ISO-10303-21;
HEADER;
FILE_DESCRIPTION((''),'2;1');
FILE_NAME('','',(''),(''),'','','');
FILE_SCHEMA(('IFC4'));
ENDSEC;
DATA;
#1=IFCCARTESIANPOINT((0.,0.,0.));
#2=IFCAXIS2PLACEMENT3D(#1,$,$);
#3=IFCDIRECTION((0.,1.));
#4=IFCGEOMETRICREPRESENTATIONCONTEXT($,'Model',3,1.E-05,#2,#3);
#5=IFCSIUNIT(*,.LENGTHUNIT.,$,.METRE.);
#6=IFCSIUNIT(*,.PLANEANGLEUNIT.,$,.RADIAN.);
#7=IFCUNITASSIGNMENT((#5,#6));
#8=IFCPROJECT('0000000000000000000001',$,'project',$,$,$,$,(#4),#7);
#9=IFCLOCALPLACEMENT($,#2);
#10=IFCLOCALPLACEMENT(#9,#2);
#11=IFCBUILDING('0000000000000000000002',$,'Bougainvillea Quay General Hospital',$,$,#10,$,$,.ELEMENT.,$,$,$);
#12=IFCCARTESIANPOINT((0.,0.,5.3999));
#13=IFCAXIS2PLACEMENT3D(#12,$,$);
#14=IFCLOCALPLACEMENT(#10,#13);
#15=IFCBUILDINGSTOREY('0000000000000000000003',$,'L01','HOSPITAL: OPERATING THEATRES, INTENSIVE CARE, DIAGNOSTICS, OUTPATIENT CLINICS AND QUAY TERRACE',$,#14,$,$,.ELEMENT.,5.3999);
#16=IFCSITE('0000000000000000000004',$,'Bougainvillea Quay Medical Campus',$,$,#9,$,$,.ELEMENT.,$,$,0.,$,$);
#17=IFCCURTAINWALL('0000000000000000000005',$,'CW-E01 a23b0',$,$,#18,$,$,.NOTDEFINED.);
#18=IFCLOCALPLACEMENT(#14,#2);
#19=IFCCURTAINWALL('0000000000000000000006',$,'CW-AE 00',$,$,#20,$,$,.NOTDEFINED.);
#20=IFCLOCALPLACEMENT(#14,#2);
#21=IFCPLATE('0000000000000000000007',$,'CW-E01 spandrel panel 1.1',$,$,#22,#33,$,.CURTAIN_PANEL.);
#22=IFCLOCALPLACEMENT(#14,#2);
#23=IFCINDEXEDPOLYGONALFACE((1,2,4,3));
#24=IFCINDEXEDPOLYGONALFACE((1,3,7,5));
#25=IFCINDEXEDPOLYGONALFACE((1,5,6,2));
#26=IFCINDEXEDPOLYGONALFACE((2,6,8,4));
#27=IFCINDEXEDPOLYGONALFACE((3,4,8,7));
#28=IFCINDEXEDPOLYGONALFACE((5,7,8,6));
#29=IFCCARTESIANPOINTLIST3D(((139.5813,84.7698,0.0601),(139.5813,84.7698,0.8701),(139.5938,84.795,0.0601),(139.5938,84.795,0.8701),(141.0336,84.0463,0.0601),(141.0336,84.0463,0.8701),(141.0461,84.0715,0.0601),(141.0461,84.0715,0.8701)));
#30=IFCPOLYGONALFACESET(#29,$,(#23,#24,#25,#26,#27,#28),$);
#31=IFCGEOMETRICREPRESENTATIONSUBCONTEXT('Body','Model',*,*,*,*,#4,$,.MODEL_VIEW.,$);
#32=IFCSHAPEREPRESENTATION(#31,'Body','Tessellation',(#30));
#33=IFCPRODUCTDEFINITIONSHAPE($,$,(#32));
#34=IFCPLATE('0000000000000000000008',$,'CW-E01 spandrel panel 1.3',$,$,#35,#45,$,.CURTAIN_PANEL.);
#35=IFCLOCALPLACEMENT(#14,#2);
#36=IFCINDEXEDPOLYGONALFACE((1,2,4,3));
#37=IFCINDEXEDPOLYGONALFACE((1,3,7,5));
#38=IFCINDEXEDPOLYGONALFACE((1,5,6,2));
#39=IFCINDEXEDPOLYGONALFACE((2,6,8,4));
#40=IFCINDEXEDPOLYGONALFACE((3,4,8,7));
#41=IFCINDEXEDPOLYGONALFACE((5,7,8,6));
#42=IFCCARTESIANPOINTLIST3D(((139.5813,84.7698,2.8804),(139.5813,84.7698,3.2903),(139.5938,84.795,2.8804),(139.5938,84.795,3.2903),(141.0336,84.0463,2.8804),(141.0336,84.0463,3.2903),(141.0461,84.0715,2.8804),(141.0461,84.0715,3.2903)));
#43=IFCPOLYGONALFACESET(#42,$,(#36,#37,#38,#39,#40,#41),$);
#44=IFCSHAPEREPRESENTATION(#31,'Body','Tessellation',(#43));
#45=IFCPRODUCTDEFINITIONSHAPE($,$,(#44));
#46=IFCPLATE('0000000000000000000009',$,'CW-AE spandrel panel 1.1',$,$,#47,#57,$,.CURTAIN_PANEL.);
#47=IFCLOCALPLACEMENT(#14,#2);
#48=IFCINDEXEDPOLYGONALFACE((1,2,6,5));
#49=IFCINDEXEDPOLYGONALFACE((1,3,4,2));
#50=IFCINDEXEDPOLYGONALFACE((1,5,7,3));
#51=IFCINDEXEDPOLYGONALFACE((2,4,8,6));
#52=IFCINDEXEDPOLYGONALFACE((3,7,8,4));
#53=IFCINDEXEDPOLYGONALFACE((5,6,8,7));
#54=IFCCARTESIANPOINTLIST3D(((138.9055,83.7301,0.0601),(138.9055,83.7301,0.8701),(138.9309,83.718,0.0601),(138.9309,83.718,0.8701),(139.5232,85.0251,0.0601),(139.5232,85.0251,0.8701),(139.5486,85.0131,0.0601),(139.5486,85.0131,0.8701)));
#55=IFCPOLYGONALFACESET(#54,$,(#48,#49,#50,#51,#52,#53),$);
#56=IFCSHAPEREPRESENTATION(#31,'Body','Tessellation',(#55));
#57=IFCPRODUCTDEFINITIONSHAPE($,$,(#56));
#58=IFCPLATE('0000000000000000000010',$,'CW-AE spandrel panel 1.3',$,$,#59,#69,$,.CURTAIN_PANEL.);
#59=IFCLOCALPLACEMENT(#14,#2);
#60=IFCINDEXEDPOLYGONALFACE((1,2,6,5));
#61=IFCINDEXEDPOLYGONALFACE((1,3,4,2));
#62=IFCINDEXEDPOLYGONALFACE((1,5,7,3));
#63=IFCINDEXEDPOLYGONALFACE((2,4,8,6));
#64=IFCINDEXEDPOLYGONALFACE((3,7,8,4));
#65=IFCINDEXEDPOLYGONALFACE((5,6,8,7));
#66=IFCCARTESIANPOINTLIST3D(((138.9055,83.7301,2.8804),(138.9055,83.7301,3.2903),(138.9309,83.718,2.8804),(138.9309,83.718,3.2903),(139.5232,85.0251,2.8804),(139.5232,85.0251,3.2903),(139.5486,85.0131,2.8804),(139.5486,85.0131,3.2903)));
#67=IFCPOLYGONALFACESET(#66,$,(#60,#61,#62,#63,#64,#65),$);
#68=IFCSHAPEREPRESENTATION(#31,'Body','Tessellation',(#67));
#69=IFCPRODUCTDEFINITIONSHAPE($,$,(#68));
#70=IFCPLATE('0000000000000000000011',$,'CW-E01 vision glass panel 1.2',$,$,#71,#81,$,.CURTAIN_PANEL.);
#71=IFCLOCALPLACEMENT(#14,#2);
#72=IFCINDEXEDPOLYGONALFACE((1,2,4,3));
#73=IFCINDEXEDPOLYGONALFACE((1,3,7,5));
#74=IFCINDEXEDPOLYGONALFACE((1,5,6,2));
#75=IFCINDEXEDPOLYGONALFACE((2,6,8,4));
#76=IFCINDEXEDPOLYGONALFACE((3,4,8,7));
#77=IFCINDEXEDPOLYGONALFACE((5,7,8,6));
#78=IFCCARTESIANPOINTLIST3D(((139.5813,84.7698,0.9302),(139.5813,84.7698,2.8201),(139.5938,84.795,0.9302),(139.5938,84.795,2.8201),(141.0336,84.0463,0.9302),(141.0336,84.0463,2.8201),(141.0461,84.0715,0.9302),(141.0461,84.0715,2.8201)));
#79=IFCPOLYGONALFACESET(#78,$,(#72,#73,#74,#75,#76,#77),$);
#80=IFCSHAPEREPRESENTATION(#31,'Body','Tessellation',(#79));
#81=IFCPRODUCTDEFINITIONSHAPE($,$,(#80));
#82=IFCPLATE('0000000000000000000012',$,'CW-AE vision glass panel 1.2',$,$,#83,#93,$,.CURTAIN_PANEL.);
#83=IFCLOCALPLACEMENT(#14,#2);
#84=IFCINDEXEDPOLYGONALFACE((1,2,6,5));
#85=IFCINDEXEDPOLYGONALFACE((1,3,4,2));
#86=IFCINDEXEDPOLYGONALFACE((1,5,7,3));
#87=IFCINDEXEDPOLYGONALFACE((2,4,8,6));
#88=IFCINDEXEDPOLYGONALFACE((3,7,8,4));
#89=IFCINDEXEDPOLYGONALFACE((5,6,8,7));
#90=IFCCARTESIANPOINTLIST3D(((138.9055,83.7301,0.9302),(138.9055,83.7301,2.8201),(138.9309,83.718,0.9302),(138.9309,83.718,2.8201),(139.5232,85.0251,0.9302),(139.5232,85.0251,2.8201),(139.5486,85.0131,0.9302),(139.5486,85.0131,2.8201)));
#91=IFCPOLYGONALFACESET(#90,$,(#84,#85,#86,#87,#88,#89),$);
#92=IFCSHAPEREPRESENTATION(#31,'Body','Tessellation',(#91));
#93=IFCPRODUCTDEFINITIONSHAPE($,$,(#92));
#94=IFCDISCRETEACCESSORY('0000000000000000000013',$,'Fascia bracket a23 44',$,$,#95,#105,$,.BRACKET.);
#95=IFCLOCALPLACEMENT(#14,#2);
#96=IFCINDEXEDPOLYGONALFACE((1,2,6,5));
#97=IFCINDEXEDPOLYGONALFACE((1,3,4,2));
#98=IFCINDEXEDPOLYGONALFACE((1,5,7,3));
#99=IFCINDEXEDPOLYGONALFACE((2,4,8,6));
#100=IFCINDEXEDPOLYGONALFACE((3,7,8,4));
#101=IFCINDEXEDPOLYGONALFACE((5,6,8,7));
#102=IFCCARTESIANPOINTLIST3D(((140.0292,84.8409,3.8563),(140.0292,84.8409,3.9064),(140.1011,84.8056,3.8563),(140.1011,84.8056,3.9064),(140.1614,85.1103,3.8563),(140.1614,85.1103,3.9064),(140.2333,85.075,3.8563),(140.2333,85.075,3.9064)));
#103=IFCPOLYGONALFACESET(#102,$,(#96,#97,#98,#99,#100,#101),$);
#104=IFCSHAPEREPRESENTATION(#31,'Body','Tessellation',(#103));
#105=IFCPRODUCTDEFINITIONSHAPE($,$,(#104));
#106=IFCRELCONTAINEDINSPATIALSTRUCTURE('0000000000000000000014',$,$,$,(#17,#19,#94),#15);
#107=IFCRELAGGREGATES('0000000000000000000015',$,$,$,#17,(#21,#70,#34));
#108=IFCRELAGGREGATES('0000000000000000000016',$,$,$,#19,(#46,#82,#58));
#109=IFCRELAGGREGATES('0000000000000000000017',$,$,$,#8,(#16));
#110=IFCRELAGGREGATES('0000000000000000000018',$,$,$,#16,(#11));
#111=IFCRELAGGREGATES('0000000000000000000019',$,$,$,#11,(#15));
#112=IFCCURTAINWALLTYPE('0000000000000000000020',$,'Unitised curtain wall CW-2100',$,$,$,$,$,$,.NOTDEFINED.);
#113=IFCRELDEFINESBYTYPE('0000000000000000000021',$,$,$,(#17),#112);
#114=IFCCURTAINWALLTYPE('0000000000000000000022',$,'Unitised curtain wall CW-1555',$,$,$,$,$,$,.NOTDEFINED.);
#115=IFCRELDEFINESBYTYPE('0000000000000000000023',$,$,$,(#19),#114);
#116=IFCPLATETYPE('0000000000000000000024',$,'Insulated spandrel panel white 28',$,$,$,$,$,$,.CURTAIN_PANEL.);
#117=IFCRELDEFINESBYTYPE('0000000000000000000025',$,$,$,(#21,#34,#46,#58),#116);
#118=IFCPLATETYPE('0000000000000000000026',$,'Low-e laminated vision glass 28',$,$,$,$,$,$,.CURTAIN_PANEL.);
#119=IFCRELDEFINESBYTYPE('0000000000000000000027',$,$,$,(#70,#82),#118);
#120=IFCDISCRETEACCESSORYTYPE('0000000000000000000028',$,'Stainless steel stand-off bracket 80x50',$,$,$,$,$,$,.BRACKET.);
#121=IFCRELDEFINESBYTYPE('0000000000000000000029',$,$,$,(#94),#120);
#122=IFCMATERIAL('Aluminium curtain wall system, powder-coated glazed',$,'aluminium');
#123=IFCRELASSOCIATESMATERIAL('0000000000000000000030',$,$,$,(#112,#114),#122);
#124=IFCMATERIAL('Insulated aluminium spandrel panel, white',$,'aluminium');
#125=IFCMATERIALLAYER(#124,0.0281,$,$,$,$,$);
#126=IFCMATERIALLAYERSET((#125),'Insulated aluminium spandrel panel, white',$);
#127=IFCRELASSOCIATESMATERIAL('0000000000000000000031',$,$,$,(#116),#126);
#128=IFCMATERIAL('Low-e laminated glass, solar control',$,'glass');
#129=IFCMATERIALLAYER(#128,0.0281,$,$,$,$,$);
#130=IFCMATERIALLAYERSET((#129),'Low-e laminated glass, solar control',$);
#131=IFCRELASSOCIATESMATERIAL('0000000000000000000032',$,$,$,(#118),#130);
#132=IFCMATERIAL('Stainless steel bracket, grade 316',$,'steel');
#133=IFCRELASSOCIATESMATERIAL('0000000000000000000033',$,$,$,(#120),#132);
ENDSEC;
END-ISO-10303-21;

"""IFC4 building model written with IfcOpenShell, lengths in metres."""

from ifc_helpers import new_model, si_unit, direction, frame, origin, origin_2d, place, context, subcontext, project, spatial, rectangle, extrude, material, layer, layer_set, material_profile, profile_set, type_object, element, aggregate, save


model = new_model("IFC4")

# Units and contexts
model_context = context("Model", 3, precision=1e-05, world=origin(), true_north=direction((0.0, 1.0)))
body_context = subcontext(model_context, "Body", "Model", "MODEL_VIEW")
ifc_project = project(units=[si_unit("LENGTHUNIT", "METRE"), si_unit("PLANEANGLEUNIT", "RADIAN")], contexts=[model_context])

# Site, building, storey
site_placement = place(None, origin())
site = spatial("IfcSite", under=ifc_project, at=site_placement, Name="Bougainvillea Quay Medical Campus", CompositionType="ELEMENT", RefElevation=0.0)
building_placement = place(site_placement, origin())
building = spatial("IfcBuilding", under=site, at=building_placement, Name="Bougainvillea Quay General Hospital", CompositionType="ELEMENT")
storey_placement = place(building_placement, frame((0.0, 0.0, 5.3999)))
storey = spatial("IfcBuildingStorey", under=building, at=storey_placement, Name="L01", Description="HOSPITAL: OPERATING THEATRES, INTENSIVE CARE, DIAGNOSTICS, OUTPATIENT CLINICS AND QUAY TERRACE", CompositionType="ELEMENT", Elevation=5.3999)

# Curtain wall
ifc_material_1 = material(Name="Aluminium curtain wall system, powder-coated glazed", Category="aluminium")
curtain_wall_type_1 = type_object("IfcCurtainWallType", Name="Unitised curtain wall CW-2100", PredefinedType="NOTDEFINED", material=ifc_material_1)
curtain_wall_1_placement = place(storey_placement, origin())
curtain_wall_1 = element("IfcCurtainWall", 1, at=curtain_wall_1_placement, inside=storey, type_object=curtain_wall_type_1, Name="CW-E01 a23b0", PredefinedType="NOTDEFINED")

# Curtain wall
curtain_wall_type_2 = type_object("IfcCurtainWallType", Name="Unitised curtain wall CW-1555", PredefinedType="NOTDEFINED", material=ifc_material_1)
curtain_wall_2_placement = place(storey_placement, origin())
curtain_wall_2 = element("IfcCurtainWall", 2, at=curtain_wall_2_placement, inside=storey, type_object=curtain_wall_type_2, Name="CW-AE 00", PredefinedType="NOTDEFINED")

# Plates
ifc_material_2 = material(Name="Insulated aluminium spandrel panel, white", Category="aluminium")
ifc_layer_1 = layer(ifc_material_2, 0.0281)
ifc_layer_set_1 = layer_set([ifc_layer_1], Name="Insulated aluminium spandrel panel, white")
plate_type_1 = type_object("IfcPlateType", Name="Insulated spandrel panel white 28", PredefinedType="CURTAIN_PANEL", material=ifc_layer_set_1)
plate_1_placement = place(storey_placement, frame((140.3137, 84.4207, 0.0601), z_axis=(0.0, 0.0, 1.0), x_axis=(0.895076, -0.445914, 0.0)))
plate_1 = element("IfcPlate", 3, at=plate_1_placement, type_object=plate_type_1, Name="CW-E01 spandrel panel 1.1", PredefinedType="CURTAIN_PANEL", context=body_context, shape_type="SweptSolid", body=[
    extrude(rectangle(XDim=1.6226, YDim=0.0281, at=origin_2d()), origin(), (0.0, 0.0, 1.0), 0.8101),
])
plate_2_placement = place(storey_placement, frame((140.3137, 84.4207, 2.8804), z_axis=(0.0, 0.0, 1.0), x_axis=(0.895076, -0.445914, 0.0)))
plate_2 = element("IfcPlate", 4, at=plate_2_placement, type_object=plate_type_1, Name="CW-E01 spandrel panel 1.3", PredefinedType="CURTAIN_PANEL", context=body_context, shape_type="SweptSolid", body=[
    extrude(rectangle(XDim=1.6226, YDim=0.0281, at=origin_2d()), origin(), (0.0, 0.0, 1.0), 0.4099),
])
plate_3_placement = place(storey_placement, frame((139.2271, 84.3716, 0.0601), z_axis=(0.0, 0.0, 1.0), x_axis=(-0.43053, -0.902576, 0.0)))
plate_3 = element("IfcPlate", 5, at=plate_3_placement, type_object=plate_type_1, Name="CW-AE spandrel panel 1.1", PredefinedType="CURTAIN_PANEL", context=body_context, shape_type="SweptSolid", body=[
    extrude(rectangle(XDim=1.4348, YDim=0.0281, at=origin_2d()), origin(), (0.0, 0.0, 1.0), 0.8101),
])
plate_4_placement = place(storey_placement, frame((139.2271, 84.3716, 2.8804), z_axis=(0.0, 0.0, 1.0), x_axis=(-0.43053, -0.902576, 0.0)))
plate_4 = element("IfcPlate", 6, at=plate_4_placement, type_object=plate_type_1, Name="CW-AE spandrel panel 1.3", PredefinedType="CURTAIN_PANEL", context=body_context, shape_type="SweptSolid", body=[
    extrude(rectangle(XDim=1.4348, YDim=0.0281, at=origin_2d()), origin(), (0.0, 0.0, 1.0), 0.4099),
])
ifc_material_3 = material(Name="Low-e laminated glass, solar control", Category="glass")
ifc_layer_2 = layer(ifc_material_3, 0.0281)
ifc_layer_set_2 = layer_set([ifc_layer_2], Name="Low-e laminated glass, solar control")
plate_type_2 = type_object("IfcPlateType", Name="Low-e laminated vision glass 28", PredefinedType="CURTAIN_PANEL", material=ifc_layer_set_2)
plate_5_placement = place(storey_placement, frame((140.3137, 84.4207, 0.9302), z_axis=(0.0, 0.0, 1.0), x_axis=(0.895076, -0.445914, 0.0)))
plate_5 = element("IfcPlate", 7, at=plate_5_placement, type_object=plate_type_2, Name="CW-E01 vision glass panel 1.2", PredefinedType="CURTAIN_PANEL", context=body_context, shape_type="SweptSolid", body=[
    extrude(rectangle(XDim=1.6226, YDim=0.0281, at=origin_2d()), origin(), (0.0, 0.0, 1.0), 1.8899),
])
aggregate(curtain_wall_1, [plate_1, plate_5, plate_2])
plate_6_placement = place(storey_placement, frame((139.2271, 84.3716, 0.9302), z_axis=(0.0, 0.0, 1.0), x_axis=(-0.43053, -0.902576, 0.0)))
plate_6 = element("IfcPlate", 8, at=plate_6_placement, type_object=plate_type_2, Name="CW-AE vision glass panel 1.2", PredefinedType="CURTAIN_PANEL", context=body_context, shape_type="SweptSolid", body=[
    extrude(rectangle(XDim=1.4348, YDim=0.0281, at=origin_2d()), origin(), (0.0, 0.0, 1.0), 1.8899),
])
aggregate(curtain_wall_2, [plate_3, plate_6, plate_4])

# Discrete accessory
ifc_material_4 = material(Name="Stainless steel bracket, grade 316", Category="steel")
ifc_material_profile_1 = material_profile(ifc_material_4, rectangle(XDim=0.0801, YDim=0.05, at=origin_2d()))
ifc_profile_set_1 = profile_set([ifc_material_profile_1], Name="Stainless steel bracket, grade 316")
discrete_accessory_type = type_object("IfcDiscreteAccessoryType", Name="Stainless steel stand-off bracket 80x50", PredefinedType="BRACKET", material=ifc_profile_set_1)
discrete_accessory_placement = place(storey_placement, frame((140.0652, 84.8232, 3.8813), z_axis=(0.440363, 0.89782, 0.0), x_axis=(-0.89782, 0.440363, 0.0)))
element("IfcDiscreteAccessory", 9, at=discrete_accessory_placement, inside=storey, type_object=discrete_accessory_type, Name="Fascia bracket a23 44", PredefinedType="BRACKET", context=body_context, shape_type="SweptSolid", body=[
    extrude(rectangle(XDim=0.0801, YDim=0.05, at=origin_2d()), origin(), (0.0, 0.0, 1.0), 0.3),
])

save(model, "model.ifc")
